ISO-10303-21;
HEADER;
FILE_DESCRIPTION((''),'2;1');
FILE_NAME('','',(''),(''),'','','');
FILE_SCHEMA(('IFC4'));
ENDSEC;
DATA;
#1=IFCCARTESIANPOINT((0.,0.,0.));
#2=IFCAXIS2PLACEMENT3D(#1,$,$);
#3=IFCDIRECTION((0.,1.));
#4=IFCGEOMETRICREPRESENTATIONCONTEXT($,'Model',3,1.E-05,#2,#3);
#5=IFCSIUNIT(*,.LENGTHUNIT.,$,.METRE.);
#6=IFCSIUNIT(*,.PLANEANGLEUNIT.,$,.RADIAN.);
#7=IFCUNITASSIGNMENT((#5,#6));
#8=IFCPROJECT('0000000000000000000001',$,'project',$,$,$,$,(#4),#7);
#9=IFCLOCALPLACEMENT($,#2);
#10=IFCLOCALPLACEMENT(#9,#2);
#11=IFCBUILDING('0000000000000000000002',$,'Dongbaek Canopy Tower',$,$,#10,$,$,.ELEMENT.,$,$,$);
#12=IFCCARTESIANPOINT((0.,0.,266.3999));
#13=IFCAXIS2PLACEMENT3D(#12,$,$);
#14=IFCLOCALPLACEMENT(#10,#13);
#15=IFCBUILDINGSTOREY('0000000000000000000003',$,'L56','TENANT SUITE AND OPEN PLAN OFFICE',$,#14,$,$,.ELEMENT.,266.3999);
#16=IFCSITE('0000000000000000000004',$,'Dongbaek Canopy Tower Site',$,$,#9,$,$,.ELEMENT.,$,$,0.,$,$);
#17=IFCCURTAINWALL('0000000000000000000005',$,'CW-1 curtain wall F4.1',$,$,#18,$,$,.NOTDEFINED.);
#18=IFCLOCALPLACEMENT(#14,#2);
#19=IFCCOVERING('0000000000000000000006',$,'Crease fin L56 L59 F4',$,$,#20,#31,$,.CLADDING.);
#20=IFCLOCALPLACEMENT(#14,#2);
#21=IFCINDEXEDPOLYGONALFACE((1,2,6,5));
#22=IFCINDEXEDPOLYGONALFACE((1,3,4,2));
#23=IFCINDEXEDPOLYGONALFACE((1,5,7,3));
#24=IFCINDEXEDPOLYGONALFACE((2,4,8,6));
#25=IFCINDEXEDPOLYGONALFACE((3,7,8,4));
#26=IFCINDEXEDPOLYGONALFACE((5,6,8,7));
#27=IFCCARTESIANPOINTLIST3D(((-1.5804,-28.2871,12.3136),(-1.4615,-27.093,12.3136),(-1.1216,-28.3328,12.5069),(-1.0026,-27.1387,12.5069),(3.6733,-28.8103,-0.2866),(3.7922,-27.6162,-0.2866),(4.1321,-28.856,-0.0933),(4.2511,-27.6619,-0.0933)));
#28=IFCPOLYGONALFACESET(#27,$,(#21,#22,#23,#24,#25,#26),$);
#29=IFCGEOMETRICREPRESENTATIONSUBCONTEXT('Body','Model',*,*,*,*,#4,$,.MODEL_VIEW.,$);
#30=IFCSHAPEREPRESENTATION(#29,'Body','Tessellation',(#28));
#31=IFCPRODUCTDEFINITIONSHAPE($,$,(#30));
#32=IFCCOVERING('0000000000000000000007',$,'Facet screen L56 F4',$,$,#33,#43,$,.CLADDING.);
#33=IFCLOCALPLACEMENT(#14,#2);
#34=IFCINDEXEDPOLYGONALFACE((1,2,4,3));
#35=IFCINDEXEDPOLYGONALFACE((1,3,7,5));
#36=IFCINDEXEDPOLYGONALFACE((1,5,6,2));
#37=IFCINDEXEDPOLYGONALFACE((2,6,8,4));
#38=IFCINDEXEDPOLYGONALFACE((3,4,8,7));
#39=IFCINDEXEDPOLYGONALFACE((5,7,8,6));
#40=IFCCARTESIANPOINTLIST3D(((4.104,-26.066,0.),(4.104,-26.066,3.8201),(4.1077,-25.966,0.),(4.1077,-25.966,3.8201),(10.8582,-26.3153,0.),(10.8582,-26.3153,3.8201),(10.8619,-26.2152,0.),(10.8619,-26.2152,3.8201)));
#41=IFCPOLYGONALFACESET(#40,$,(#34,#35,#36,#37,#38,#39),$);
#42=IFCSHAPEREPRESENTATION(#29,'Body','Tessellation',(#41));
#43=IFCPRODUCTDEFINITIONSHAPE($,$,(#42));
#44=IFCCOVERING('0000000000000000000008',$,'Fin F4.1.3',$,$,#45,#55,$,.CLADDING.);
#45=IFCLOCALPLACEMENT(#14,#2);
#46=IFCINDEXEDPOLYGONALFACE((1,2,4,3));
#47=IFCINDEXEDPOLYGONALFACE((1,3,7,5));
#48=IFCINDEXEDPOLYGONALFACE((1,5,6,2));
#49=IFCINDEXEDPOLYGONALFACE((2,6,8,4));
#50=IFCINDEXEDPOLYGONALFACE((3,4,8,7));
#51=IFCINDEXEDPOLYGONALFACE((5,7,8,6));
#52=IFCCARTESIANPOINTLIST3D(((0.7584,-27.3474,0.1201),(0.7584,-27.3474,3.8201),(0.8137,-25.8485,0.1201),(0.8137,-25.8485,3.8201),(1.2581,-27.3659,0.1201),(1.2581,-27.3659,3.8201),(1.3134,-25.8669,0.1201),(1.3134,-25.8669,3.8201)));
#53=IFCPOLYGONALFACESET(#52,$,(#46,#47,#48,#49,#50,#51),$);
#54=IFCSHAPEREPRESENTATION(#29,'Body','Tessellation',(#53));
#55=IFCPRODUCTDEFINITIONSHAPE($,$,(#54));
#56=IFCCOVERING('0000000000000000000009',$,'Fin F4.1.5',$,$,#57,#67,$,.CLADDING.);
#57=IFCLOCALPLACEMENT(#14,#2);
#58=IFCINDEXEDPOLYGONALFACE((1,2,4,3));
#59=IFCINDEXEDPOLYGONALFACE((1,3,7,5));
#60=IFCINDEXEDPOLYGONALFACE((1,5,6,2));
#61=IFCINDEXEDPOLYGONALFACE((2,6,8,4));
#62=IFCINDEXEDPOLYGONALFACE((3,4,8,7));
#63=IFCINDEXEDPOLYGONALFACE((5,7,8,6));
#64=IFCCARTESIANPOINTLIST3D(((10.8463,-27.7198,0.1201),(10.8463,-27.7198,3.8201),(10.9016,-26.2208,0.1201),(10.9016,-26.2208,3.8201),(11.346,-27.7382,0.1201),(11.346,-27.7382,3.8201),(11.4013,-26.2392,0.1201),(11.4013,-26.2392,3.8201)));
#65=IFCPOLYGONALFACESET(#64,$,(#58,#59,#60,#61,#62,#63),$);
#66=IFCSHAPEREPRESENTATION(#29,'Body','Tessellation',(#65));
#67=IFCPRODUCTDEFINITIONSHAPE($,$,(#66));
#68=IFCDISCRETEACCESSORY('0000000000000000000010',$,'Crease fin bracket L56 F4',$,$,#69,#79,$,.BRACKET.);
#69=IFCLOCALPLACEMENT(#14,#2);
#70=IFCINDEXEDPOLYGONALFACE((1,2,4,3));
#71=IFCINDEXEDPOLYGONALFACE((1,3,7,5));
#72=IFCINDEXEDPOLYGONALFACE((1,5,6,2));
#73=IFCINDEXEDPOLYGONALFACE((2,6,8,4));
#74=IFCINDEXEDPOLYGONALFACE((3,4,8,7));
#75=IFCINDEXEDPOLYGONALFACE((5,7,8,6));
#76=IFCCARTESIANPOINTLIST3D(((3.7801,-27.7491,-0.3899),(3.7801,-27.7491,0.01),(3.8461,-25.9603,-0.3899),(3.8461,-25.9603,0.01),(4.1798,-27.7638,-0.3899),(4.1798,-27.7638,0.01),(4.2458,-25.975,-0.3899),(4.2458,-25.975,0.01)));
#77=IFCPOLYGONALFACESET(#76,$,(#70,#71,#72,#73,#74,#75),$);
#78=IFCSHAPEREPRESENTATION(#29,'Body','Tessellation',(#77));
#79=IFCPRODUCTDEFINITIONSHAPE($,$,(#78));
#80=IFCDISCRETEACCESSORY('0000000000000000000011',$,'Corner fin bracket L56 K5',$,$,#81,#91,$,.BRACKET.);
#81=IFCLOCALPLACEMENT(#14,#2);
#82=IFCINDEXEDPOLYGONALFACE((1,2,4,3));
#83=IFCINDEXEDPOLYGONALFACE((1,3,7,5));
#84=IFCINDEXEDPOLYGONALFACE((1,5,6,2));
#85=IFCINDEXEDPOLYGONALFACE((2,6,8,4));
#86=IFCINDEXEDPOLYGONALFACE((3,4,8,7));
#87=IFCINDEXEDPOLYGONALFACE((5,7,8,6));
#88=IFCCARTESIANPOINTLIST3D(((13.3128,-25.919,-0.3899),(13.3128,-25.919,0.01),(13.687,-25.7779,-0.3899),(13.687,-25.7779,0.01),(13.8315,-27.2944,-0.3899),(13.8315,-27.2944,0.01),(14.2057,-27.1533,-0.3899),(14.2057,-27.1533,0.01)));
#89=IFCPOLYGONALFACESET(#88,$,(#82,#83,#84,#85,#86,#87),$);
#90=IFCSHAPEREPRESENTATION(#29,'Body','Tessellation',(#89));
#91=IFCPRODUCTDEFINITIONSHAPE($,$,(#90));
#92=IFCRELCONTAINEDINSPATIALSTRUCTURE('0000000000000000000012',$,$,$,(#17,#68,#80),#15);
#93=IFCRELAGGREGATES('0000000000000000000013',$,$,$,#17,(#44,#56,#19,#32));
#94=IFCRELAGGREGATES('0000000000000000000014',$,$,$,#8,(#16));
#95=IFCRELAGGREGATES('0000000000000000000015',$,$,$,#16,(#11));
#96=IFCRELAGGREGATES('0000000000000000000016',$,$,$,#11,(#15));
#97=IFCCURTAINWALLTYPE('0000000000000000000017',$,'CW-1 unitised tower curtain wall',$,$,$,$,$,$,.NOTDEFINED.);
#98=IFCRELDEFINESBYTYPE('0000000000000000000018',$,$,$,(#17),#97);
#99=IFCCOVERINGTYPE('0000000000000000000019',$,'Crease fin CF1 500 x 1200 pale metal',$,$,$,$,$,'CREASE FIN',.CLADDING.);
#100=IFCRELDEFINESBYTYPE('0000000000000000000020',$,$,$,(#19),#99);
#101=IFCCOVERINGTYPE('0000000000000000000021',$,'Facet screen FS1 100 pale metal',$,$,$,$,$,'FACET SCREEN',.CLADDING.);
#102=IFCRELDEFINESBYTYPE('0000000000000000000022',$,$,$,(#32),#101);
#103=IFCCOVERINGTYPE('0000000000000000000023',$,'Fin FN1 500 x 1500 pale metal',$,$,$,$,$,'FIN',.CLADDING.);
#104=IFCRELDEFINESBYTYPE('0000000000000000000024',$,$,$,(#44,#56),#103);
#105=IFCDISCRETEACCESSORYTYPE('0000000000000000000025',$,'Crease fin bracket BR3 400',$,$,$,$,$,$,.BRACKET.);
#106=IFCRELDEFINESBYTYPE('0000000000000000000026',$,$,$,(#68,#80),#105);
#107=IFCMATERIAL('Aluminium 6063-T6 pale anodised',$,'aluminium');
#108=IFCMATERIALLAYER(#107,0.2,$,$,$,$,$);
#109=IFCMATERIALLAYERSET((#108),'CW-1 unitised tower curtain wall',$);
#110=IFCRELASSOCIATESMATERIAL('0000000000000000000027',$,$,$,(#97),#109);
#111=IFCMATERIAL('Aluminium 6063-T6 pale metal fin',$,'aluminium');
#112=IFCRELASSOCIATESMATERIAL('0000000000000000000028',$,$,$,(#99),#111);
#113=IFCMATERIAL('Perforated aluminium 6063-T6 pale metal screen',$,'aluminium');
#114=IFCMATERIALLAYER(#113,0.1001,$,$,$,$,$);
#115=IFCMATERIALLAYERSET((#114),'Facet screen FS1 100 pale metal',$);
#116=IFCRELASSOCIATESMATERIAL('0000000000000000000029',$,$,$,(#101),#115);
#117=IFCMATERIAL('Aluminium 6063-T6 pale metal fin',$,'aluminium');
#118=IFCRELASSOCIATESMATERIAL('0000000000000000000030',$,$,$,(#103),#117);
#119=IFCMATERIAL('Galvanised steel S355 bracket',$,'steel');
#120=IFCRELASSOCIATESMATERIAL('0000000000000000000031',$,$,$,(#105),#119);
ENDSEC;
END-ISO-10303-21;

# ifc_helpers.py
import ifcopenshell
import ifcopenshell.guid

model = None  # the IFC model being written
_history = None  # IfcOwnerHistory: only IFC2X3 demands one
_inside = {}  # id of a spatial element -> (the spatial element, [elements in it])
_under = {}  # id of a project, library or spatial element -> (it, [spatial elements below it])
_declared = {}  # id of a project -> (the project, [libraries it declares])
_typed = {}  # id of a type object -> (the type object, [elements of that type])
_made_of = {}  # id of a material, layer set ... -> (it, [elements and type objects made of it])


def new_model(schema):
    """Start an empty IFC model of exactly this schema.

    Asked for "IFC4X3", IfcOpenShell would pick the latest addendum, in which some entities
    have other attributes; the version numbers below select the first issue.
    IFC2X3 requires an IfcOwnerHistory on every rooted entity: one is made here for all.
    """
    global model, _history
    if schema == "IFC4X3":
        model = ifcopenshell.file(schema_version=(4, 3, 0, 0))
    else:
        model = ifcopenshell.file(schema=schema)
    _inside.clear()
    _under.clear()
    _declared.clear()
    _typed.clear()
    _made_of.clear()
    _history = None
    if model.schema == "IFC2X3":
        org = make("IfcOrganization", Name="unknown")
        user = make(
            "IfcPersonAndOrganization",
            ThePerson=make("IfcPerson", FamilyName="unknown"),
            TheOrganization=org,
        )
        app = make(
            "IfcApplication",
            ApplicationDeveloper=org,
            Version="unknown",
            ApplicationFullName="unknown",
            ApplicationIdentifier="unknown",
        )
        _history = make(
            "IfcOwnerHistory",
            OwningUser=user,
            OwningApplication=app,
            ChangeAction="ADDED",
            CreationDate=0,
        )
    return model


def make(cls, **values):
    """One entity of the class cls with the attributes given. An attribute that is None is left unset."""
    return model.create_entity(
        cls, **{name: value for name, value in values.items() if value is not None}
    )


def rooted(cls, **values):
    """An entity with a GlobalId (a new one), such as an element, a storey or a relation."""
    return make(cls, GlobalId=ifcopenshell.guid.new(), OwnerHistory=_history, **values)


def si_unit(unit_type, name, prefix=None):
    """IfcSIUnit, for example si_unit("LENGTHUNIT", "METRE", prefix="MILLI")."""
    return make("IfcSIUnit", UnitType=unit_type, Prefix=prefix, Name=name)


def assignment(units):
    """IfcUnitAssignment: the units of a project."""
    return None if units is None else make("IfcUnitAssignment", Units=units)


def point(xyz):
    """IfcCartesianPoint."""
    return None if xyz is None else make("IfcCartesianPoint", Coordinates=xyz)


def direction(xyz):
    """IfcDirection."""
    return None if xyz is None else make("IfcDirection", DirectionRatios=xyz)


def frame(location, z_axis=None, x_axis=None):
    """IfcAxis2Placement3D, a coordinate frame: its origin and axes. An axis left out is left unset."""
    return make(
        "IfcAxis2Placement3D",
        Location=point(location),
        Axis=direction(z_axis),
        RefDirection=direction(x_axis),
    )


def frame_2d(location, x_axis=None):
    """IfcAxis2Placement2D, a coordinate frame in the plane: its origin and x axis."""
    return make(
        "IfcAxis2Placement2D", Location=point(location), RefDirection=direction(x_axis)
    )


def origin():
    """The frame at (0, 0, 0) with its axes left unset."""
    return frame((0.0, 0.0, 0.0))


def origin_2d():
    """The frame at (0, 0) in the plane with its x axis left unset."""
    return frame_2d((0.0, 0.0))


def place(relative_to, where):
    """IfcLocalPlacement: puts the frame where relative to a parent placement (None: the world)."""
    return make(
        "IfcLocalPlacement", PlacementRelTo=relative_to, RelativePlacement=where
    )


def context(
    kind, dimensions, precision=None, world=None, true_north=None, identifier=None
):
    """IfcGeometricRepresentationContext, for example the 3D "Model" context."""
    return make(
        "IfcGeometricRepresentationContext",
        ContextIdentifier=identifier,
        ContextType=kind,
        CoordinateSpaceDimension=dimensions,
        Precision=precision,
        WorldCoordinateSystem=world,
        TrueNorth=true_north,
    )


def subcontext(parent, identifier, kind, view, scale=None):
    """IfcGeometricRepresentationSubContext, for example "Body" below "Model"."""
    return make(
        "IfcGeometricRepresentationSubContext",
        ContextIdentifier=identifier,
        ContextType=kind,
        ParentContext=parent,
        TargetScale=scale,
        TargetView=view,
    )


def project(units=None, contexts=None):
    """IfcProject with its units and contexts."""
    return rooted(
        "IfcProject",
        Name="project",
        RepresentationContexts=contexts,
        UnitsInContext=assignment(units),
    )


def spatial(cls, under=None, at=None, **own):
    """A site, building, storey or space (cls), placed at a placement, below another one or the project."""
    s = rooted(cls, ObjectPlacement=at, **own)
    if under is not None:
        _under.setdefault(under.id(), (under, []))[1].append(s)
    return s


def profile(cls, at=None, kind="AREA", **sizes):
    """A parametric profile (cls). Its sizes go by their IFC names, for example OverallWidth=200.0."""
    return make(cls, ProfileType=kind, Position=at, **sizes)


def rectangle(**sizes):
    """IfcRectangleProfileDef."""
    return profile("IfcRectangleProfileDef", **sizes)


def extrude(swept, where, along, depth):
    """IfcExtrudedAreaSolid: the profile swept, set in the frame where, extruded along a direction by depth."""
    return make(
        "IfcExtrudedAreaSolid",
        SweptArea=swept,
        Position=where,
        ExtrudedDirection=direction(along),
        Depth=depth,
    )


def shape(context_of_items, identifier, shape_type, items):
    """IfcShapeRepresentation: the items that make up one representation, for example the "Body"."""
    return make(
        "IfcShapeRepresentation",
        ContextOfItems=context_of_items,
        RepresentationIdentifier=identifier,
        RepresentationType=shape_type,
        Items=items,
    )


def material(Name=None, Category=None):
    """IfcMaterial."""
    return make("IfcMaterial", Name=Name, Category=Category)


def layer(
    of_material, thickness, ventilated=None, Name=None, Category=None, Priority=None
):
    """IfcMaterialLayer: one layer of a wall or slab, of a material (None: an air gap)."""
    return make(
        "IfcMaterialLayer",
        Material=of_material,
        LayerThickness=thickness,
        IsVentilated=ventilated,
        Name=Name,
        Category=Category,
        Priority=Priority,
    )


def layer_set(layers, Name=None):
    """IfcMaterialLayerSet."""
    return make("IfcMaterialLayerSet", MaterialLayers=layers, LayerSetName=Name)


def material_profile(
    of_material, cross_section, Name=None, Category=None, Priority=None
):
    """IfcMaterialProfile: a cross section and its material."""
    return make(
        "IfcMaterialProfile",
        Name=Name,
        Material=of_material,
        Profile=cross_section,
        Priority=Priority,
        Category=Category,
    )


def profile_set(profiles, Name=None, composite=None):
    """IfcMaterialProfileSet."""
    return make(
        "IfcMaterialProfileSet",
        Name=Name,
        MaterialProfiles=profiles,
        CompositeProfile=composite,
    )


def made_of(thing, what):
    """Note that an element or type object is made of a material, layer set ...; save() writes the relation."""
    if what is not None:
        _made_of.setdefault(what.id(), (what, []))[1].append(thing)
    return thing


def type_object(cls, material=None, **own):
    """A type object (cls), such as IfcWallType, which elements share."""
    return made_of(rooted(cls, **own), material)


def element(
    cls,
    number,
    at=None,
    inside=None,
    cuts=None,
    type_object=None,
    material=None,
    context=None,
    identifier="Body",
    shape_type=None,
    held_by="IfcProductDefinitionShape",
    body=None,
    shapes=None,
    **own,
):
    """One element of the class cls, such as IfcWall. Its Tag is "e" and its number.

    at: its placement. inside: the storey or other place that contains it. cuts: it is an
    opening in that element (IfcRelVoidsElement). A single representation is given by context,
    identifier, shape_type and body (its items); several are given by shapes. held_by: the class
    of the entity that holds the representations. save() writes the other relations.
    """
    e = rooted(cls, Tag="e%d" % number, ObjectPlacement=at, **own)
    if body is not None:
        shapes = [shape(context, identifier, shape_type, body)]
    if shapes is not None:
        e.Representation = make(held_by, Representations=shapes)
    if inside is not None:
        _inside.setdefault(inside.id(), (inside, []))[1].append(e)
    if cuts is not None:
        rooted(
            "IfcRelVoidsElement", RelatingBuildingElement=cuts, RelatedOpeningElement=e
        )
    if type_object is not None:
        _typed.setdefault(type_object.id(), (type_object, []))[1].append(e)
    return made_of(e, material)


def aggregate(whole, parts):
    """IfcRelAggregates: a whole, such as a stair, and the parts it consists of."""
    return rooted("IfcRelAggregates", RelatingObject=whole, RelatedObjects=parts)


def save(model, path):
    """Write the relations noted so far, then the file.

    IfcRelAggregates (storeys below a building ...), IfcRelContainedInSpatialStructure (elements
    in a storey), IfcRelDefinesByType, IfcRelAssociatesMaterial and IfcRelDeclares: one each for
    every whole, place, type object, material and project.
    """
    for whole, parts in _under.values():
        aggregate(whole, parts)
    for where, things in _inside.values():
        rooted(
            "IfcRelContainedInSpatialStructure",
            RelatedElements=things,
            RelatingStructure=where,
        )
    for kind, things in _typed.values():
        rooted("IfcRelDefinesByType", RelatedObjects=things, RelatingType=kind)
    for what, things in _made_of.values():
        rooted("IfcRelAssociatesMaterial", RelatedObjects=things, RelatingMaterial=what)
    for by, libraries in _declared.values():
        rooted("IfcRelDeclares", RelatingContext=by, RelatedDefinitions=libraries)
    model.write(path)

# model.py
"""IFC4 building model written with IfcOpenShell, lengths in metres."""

from ifc_helpers import new_model, si_unit, direction, frame, origin, origin_2d, place, context, subcontext, project, spatial, rectangle, extrude, material, layer, layer_set, material_profile, profile_set, type_object, element, aggregate, save


model = new_model("IFC4")

# Units and contexts
model_context = context("Model", 3, precision=1e-05, world=origin(), true_north=direction((0.0, 1.0)))
body_context = subcontext(model_context, "Body", "Model", "MODEL_VIEW")
ifc_project = project(units=[si_unit("LENGTHUNIT", "METRE"), si_unit("PLANEANGLEUNIT", "RADIAN")], contexts=[model_context])

# Site, building, storey
site_placement = place(None, origin())
site = spatial("IfcSite", under=ifc_project, at=site_placement, Name="Dongbaek Canopy Tower Site", CompositionType="ELEMENT", RefElevation=0.0)
building_placement = place(site_placement, origin())
building = spatial("IfcBuilding", under=site, at=building_placement, Name="Dongbaek Canopy Tower", CompositionType="ELEMENT")
storey_placement = place(building_placement, frame((0.0, 0.0, 266.3999)))
storey = spatial("IfcBuildingStorey", under=building, at=storey_placement, Name="L56", Description="TENANT SUITE AND OPEN PLAN OFFICE", CompositionType="ELEMENT", Elevation=266.3999)

# Curtain wall
ifc_material_1 = material(Name="Aluminium 6063-T6 pale anodised", Category="aluminium")
ifc_layer_1 = layer(ifc_material_1, 0.2)
ifc_layer_set_1 = layer_set([ifc_layer_1], Name="CW-1 unitised tower curtain wall")
curtain_wall_type = type_object("IfcCurtainWallType", Name="CW-1 unitised tower curtain wall", PredefinedType="NOTDEFINED", material=ifc_layer_set_1)
curtain_wall_1_placement = place(storey_placement, origin())
curtain_wall_1 = element("IfcCurtainWall", 1, at=curtain_wall_1_placement, inside=storey, type_object=curtain_wall_type, Name="CW-1 curtain wall F4.1", PredefinedType="NOTDEFINED")

# Coverings
ifc_material_2 = material(Name="Aluminium 6063-T6 pale metal fin", Category="aluminium")
ifc_material_profile_1 = material_profile(ifc_material_2, rectangle(XDim=1.2, YDim=0.5, at=origin_2d()), Name="Crease fin CF1 500 x 1200 pale metal")
ifc_profile_set_1 = profile_set([ifc_material_profile_1], Name="Aluminium 6063-T6 pale metal fin")
covering_type_1 = type_object("IfcCoveringType", Name="Crease fin CF1 500 x 1200 pale metal", ElementType="CREASE FIN", PredefinedType="CLADDING", material=ifc_profile_set_1)
covering_1_placement = place(storey_placement, frame((3.9622, -28.2361, -0.1899), z_axis=(-0.384559, 0.038297, 0.922306), x_axis=(-0.099096, -0.995078, 0.0)))
covering_1 = element("IfcCovering", 2, at=covering_1_placement, type_object=covering_type_1, Name="Crease fin L56 L59 F4", PredefinedType="CLADDING", context=body_context, shape_type="SweptSolid", body=[
    extrude(rectangle(XDim=1.2, YDim=0.5, at=origin_2d()), origin(), (0.0, 0.0, 1.0), 13.6616),
])
ifc_material_3 = material(Name="Perforated aluminium 6063-T6 pale metal screen", Category="aluminium")
ifc_layer_2 = layer(ifc_material_3, 0.1001)
ifc_layer_set_2 = layer_set([ifc_layer_2], Name="Facet screen FS1 100 pale metal")
covering_type_2 = type_object("IfcCoveringType", Name="Facet screen FS1 100 pale metal", ElementType="FACET SCREEN", PredefinedType="CLADDING", material=ifc_layer_set_2)
covering_2_placement = place(storey_placement, frame((7.4829, -26.1406, 0.0), z_axis=(0.0, 0.0, 1.0), x_axis=(0.99932, -0.036874, 0.0)))
covering_2 = element("IfcCovering", 3, at=covering_2_placement, type_object=covering_type_2, Name="Facet screen L56 F4", PredefinedType="CLADDING", context=body_context, shape_type="SweptSolid", body=[
    extrude(rectangle(XDim=6.7588, YDim=0.1001, at=origin_2d()), origin(), (0.0, 0.0, 1.0), 3.8201),
])
ifc_material_4 = material(Name="Aluminium 6063-T6 pale metal fin", Category="aluminium")
ifc_material_profile_2 = material_profile(ifc_material_4, rectangle(XDim=1.5, YDim=0.5, at=origin_2d()), Name="Fin FN1 500 x 1500 pale metal")
ifc_profile_set_2 = profile_set([ifc_material_profile_2], Name="Aluminium 6063-T6 pale metal fin")
covering_type_3 = type_object("IfcCoveringType", Name="Fin FN1 500 x 1500 pale metal", ElementType="FIN", PredefinedType="CLADDING", material=ifc_profile_set_2)
covering_3_placement = place(storey_placement, frame((1.0359, -26.6072, 0.1201), z_axis=(0.0, 0.0, 1.0), x_axis=(-0.036874, -0.99932, 0.0)))
covering_3 = element("IfcCovering", 4, at=covering_3_placement, type_object=covering_type_3, Name="Fin F4.1.3", PredefinedType="CLADDING", context=body_context, shape_type="SweptSolid", body=[
    extrude(rectangle(XDim=1.5, YDim=0.5, at=origin_2d()), origin(), (0.0, 0.0, 1.0), 3.7),
])
covering_4_placement = place(storey_placement, frame((11.1238, -26.9795, 0.1201), z_axis=(0.0, 0.0, 1.0), x_axis=(-0.036874, -0.99932, 0.0)))
covering_4 = element("IfcCovering", 5, at=covering_4_placement, type_object=covering_type_3, Name="Fin F4.1.5", PredefinedType="CLADDING", context=body_context, shape_type="SweptSolid", body=[
    extrude(rectangle(XDim=1.5, YDim=0.5, at=origin_2d()), origin(), (0.0, 0.0, 1.0), 3.7),
])
aggregate(curtain_wall_1, [covering_3, covering_4, covering_1, covering_2])

# Discrete accessories
ifc_material_5 = material(Name="Galvanised steel S355 bracket", Category="steel")
discrete_accessory_type = type_object("IfcDiscreteAccessoryType", Name="Crease fin bracket BR3 400", PredefinedType="BRACKET", material=ifc_material_5)
discrete_accessory_1_placement = place(storey_placement, frame((4.0129, -26.8621, -0.3899), z_axis=(0.0, 0.0, 1.0), x_axis=(-0.036874, -0.99932, 0.0)))
element("IfcDiscreteAccessory", 6, at=discrete_accessory_1_placement, inside=storey, type_object=discrete_accessory_type, Name="Crease fin bracket L56 F4", PredefinedType="BRACKET", context=body_context, shape_type="SweptSolid", body=[
    extrude(rectangle(XDim=1.79, YDim=0.3999, at=origin_2d()), origin(), (0.0, 0.0, 1.0), 0.3999),
])
discrete_accessory_2_placement = place(storey_placement, frame((13.7593, -26.5361, -0.3899), z_axis=(0.0, 0.0, 1.0), x_axis=(0.352874, -0.935671, 0.0)))
element("IfcDiscreteAccessory", 7, at=discrete_accessory_2_placement, inside=storey, type_object=discrete_accessory_type, Name="Corner fin bracket L56 K5", PredefinedType="BRACKET", context=body_context, shape_type="SweptSolid", body=[
    extrude(rectangle(XDim=1.47, YDim=0.3999, at=origin_2d()), origin(), (0.0, 0.0, 1.0), 0.3999),
])

save(model, "model.ifc")
